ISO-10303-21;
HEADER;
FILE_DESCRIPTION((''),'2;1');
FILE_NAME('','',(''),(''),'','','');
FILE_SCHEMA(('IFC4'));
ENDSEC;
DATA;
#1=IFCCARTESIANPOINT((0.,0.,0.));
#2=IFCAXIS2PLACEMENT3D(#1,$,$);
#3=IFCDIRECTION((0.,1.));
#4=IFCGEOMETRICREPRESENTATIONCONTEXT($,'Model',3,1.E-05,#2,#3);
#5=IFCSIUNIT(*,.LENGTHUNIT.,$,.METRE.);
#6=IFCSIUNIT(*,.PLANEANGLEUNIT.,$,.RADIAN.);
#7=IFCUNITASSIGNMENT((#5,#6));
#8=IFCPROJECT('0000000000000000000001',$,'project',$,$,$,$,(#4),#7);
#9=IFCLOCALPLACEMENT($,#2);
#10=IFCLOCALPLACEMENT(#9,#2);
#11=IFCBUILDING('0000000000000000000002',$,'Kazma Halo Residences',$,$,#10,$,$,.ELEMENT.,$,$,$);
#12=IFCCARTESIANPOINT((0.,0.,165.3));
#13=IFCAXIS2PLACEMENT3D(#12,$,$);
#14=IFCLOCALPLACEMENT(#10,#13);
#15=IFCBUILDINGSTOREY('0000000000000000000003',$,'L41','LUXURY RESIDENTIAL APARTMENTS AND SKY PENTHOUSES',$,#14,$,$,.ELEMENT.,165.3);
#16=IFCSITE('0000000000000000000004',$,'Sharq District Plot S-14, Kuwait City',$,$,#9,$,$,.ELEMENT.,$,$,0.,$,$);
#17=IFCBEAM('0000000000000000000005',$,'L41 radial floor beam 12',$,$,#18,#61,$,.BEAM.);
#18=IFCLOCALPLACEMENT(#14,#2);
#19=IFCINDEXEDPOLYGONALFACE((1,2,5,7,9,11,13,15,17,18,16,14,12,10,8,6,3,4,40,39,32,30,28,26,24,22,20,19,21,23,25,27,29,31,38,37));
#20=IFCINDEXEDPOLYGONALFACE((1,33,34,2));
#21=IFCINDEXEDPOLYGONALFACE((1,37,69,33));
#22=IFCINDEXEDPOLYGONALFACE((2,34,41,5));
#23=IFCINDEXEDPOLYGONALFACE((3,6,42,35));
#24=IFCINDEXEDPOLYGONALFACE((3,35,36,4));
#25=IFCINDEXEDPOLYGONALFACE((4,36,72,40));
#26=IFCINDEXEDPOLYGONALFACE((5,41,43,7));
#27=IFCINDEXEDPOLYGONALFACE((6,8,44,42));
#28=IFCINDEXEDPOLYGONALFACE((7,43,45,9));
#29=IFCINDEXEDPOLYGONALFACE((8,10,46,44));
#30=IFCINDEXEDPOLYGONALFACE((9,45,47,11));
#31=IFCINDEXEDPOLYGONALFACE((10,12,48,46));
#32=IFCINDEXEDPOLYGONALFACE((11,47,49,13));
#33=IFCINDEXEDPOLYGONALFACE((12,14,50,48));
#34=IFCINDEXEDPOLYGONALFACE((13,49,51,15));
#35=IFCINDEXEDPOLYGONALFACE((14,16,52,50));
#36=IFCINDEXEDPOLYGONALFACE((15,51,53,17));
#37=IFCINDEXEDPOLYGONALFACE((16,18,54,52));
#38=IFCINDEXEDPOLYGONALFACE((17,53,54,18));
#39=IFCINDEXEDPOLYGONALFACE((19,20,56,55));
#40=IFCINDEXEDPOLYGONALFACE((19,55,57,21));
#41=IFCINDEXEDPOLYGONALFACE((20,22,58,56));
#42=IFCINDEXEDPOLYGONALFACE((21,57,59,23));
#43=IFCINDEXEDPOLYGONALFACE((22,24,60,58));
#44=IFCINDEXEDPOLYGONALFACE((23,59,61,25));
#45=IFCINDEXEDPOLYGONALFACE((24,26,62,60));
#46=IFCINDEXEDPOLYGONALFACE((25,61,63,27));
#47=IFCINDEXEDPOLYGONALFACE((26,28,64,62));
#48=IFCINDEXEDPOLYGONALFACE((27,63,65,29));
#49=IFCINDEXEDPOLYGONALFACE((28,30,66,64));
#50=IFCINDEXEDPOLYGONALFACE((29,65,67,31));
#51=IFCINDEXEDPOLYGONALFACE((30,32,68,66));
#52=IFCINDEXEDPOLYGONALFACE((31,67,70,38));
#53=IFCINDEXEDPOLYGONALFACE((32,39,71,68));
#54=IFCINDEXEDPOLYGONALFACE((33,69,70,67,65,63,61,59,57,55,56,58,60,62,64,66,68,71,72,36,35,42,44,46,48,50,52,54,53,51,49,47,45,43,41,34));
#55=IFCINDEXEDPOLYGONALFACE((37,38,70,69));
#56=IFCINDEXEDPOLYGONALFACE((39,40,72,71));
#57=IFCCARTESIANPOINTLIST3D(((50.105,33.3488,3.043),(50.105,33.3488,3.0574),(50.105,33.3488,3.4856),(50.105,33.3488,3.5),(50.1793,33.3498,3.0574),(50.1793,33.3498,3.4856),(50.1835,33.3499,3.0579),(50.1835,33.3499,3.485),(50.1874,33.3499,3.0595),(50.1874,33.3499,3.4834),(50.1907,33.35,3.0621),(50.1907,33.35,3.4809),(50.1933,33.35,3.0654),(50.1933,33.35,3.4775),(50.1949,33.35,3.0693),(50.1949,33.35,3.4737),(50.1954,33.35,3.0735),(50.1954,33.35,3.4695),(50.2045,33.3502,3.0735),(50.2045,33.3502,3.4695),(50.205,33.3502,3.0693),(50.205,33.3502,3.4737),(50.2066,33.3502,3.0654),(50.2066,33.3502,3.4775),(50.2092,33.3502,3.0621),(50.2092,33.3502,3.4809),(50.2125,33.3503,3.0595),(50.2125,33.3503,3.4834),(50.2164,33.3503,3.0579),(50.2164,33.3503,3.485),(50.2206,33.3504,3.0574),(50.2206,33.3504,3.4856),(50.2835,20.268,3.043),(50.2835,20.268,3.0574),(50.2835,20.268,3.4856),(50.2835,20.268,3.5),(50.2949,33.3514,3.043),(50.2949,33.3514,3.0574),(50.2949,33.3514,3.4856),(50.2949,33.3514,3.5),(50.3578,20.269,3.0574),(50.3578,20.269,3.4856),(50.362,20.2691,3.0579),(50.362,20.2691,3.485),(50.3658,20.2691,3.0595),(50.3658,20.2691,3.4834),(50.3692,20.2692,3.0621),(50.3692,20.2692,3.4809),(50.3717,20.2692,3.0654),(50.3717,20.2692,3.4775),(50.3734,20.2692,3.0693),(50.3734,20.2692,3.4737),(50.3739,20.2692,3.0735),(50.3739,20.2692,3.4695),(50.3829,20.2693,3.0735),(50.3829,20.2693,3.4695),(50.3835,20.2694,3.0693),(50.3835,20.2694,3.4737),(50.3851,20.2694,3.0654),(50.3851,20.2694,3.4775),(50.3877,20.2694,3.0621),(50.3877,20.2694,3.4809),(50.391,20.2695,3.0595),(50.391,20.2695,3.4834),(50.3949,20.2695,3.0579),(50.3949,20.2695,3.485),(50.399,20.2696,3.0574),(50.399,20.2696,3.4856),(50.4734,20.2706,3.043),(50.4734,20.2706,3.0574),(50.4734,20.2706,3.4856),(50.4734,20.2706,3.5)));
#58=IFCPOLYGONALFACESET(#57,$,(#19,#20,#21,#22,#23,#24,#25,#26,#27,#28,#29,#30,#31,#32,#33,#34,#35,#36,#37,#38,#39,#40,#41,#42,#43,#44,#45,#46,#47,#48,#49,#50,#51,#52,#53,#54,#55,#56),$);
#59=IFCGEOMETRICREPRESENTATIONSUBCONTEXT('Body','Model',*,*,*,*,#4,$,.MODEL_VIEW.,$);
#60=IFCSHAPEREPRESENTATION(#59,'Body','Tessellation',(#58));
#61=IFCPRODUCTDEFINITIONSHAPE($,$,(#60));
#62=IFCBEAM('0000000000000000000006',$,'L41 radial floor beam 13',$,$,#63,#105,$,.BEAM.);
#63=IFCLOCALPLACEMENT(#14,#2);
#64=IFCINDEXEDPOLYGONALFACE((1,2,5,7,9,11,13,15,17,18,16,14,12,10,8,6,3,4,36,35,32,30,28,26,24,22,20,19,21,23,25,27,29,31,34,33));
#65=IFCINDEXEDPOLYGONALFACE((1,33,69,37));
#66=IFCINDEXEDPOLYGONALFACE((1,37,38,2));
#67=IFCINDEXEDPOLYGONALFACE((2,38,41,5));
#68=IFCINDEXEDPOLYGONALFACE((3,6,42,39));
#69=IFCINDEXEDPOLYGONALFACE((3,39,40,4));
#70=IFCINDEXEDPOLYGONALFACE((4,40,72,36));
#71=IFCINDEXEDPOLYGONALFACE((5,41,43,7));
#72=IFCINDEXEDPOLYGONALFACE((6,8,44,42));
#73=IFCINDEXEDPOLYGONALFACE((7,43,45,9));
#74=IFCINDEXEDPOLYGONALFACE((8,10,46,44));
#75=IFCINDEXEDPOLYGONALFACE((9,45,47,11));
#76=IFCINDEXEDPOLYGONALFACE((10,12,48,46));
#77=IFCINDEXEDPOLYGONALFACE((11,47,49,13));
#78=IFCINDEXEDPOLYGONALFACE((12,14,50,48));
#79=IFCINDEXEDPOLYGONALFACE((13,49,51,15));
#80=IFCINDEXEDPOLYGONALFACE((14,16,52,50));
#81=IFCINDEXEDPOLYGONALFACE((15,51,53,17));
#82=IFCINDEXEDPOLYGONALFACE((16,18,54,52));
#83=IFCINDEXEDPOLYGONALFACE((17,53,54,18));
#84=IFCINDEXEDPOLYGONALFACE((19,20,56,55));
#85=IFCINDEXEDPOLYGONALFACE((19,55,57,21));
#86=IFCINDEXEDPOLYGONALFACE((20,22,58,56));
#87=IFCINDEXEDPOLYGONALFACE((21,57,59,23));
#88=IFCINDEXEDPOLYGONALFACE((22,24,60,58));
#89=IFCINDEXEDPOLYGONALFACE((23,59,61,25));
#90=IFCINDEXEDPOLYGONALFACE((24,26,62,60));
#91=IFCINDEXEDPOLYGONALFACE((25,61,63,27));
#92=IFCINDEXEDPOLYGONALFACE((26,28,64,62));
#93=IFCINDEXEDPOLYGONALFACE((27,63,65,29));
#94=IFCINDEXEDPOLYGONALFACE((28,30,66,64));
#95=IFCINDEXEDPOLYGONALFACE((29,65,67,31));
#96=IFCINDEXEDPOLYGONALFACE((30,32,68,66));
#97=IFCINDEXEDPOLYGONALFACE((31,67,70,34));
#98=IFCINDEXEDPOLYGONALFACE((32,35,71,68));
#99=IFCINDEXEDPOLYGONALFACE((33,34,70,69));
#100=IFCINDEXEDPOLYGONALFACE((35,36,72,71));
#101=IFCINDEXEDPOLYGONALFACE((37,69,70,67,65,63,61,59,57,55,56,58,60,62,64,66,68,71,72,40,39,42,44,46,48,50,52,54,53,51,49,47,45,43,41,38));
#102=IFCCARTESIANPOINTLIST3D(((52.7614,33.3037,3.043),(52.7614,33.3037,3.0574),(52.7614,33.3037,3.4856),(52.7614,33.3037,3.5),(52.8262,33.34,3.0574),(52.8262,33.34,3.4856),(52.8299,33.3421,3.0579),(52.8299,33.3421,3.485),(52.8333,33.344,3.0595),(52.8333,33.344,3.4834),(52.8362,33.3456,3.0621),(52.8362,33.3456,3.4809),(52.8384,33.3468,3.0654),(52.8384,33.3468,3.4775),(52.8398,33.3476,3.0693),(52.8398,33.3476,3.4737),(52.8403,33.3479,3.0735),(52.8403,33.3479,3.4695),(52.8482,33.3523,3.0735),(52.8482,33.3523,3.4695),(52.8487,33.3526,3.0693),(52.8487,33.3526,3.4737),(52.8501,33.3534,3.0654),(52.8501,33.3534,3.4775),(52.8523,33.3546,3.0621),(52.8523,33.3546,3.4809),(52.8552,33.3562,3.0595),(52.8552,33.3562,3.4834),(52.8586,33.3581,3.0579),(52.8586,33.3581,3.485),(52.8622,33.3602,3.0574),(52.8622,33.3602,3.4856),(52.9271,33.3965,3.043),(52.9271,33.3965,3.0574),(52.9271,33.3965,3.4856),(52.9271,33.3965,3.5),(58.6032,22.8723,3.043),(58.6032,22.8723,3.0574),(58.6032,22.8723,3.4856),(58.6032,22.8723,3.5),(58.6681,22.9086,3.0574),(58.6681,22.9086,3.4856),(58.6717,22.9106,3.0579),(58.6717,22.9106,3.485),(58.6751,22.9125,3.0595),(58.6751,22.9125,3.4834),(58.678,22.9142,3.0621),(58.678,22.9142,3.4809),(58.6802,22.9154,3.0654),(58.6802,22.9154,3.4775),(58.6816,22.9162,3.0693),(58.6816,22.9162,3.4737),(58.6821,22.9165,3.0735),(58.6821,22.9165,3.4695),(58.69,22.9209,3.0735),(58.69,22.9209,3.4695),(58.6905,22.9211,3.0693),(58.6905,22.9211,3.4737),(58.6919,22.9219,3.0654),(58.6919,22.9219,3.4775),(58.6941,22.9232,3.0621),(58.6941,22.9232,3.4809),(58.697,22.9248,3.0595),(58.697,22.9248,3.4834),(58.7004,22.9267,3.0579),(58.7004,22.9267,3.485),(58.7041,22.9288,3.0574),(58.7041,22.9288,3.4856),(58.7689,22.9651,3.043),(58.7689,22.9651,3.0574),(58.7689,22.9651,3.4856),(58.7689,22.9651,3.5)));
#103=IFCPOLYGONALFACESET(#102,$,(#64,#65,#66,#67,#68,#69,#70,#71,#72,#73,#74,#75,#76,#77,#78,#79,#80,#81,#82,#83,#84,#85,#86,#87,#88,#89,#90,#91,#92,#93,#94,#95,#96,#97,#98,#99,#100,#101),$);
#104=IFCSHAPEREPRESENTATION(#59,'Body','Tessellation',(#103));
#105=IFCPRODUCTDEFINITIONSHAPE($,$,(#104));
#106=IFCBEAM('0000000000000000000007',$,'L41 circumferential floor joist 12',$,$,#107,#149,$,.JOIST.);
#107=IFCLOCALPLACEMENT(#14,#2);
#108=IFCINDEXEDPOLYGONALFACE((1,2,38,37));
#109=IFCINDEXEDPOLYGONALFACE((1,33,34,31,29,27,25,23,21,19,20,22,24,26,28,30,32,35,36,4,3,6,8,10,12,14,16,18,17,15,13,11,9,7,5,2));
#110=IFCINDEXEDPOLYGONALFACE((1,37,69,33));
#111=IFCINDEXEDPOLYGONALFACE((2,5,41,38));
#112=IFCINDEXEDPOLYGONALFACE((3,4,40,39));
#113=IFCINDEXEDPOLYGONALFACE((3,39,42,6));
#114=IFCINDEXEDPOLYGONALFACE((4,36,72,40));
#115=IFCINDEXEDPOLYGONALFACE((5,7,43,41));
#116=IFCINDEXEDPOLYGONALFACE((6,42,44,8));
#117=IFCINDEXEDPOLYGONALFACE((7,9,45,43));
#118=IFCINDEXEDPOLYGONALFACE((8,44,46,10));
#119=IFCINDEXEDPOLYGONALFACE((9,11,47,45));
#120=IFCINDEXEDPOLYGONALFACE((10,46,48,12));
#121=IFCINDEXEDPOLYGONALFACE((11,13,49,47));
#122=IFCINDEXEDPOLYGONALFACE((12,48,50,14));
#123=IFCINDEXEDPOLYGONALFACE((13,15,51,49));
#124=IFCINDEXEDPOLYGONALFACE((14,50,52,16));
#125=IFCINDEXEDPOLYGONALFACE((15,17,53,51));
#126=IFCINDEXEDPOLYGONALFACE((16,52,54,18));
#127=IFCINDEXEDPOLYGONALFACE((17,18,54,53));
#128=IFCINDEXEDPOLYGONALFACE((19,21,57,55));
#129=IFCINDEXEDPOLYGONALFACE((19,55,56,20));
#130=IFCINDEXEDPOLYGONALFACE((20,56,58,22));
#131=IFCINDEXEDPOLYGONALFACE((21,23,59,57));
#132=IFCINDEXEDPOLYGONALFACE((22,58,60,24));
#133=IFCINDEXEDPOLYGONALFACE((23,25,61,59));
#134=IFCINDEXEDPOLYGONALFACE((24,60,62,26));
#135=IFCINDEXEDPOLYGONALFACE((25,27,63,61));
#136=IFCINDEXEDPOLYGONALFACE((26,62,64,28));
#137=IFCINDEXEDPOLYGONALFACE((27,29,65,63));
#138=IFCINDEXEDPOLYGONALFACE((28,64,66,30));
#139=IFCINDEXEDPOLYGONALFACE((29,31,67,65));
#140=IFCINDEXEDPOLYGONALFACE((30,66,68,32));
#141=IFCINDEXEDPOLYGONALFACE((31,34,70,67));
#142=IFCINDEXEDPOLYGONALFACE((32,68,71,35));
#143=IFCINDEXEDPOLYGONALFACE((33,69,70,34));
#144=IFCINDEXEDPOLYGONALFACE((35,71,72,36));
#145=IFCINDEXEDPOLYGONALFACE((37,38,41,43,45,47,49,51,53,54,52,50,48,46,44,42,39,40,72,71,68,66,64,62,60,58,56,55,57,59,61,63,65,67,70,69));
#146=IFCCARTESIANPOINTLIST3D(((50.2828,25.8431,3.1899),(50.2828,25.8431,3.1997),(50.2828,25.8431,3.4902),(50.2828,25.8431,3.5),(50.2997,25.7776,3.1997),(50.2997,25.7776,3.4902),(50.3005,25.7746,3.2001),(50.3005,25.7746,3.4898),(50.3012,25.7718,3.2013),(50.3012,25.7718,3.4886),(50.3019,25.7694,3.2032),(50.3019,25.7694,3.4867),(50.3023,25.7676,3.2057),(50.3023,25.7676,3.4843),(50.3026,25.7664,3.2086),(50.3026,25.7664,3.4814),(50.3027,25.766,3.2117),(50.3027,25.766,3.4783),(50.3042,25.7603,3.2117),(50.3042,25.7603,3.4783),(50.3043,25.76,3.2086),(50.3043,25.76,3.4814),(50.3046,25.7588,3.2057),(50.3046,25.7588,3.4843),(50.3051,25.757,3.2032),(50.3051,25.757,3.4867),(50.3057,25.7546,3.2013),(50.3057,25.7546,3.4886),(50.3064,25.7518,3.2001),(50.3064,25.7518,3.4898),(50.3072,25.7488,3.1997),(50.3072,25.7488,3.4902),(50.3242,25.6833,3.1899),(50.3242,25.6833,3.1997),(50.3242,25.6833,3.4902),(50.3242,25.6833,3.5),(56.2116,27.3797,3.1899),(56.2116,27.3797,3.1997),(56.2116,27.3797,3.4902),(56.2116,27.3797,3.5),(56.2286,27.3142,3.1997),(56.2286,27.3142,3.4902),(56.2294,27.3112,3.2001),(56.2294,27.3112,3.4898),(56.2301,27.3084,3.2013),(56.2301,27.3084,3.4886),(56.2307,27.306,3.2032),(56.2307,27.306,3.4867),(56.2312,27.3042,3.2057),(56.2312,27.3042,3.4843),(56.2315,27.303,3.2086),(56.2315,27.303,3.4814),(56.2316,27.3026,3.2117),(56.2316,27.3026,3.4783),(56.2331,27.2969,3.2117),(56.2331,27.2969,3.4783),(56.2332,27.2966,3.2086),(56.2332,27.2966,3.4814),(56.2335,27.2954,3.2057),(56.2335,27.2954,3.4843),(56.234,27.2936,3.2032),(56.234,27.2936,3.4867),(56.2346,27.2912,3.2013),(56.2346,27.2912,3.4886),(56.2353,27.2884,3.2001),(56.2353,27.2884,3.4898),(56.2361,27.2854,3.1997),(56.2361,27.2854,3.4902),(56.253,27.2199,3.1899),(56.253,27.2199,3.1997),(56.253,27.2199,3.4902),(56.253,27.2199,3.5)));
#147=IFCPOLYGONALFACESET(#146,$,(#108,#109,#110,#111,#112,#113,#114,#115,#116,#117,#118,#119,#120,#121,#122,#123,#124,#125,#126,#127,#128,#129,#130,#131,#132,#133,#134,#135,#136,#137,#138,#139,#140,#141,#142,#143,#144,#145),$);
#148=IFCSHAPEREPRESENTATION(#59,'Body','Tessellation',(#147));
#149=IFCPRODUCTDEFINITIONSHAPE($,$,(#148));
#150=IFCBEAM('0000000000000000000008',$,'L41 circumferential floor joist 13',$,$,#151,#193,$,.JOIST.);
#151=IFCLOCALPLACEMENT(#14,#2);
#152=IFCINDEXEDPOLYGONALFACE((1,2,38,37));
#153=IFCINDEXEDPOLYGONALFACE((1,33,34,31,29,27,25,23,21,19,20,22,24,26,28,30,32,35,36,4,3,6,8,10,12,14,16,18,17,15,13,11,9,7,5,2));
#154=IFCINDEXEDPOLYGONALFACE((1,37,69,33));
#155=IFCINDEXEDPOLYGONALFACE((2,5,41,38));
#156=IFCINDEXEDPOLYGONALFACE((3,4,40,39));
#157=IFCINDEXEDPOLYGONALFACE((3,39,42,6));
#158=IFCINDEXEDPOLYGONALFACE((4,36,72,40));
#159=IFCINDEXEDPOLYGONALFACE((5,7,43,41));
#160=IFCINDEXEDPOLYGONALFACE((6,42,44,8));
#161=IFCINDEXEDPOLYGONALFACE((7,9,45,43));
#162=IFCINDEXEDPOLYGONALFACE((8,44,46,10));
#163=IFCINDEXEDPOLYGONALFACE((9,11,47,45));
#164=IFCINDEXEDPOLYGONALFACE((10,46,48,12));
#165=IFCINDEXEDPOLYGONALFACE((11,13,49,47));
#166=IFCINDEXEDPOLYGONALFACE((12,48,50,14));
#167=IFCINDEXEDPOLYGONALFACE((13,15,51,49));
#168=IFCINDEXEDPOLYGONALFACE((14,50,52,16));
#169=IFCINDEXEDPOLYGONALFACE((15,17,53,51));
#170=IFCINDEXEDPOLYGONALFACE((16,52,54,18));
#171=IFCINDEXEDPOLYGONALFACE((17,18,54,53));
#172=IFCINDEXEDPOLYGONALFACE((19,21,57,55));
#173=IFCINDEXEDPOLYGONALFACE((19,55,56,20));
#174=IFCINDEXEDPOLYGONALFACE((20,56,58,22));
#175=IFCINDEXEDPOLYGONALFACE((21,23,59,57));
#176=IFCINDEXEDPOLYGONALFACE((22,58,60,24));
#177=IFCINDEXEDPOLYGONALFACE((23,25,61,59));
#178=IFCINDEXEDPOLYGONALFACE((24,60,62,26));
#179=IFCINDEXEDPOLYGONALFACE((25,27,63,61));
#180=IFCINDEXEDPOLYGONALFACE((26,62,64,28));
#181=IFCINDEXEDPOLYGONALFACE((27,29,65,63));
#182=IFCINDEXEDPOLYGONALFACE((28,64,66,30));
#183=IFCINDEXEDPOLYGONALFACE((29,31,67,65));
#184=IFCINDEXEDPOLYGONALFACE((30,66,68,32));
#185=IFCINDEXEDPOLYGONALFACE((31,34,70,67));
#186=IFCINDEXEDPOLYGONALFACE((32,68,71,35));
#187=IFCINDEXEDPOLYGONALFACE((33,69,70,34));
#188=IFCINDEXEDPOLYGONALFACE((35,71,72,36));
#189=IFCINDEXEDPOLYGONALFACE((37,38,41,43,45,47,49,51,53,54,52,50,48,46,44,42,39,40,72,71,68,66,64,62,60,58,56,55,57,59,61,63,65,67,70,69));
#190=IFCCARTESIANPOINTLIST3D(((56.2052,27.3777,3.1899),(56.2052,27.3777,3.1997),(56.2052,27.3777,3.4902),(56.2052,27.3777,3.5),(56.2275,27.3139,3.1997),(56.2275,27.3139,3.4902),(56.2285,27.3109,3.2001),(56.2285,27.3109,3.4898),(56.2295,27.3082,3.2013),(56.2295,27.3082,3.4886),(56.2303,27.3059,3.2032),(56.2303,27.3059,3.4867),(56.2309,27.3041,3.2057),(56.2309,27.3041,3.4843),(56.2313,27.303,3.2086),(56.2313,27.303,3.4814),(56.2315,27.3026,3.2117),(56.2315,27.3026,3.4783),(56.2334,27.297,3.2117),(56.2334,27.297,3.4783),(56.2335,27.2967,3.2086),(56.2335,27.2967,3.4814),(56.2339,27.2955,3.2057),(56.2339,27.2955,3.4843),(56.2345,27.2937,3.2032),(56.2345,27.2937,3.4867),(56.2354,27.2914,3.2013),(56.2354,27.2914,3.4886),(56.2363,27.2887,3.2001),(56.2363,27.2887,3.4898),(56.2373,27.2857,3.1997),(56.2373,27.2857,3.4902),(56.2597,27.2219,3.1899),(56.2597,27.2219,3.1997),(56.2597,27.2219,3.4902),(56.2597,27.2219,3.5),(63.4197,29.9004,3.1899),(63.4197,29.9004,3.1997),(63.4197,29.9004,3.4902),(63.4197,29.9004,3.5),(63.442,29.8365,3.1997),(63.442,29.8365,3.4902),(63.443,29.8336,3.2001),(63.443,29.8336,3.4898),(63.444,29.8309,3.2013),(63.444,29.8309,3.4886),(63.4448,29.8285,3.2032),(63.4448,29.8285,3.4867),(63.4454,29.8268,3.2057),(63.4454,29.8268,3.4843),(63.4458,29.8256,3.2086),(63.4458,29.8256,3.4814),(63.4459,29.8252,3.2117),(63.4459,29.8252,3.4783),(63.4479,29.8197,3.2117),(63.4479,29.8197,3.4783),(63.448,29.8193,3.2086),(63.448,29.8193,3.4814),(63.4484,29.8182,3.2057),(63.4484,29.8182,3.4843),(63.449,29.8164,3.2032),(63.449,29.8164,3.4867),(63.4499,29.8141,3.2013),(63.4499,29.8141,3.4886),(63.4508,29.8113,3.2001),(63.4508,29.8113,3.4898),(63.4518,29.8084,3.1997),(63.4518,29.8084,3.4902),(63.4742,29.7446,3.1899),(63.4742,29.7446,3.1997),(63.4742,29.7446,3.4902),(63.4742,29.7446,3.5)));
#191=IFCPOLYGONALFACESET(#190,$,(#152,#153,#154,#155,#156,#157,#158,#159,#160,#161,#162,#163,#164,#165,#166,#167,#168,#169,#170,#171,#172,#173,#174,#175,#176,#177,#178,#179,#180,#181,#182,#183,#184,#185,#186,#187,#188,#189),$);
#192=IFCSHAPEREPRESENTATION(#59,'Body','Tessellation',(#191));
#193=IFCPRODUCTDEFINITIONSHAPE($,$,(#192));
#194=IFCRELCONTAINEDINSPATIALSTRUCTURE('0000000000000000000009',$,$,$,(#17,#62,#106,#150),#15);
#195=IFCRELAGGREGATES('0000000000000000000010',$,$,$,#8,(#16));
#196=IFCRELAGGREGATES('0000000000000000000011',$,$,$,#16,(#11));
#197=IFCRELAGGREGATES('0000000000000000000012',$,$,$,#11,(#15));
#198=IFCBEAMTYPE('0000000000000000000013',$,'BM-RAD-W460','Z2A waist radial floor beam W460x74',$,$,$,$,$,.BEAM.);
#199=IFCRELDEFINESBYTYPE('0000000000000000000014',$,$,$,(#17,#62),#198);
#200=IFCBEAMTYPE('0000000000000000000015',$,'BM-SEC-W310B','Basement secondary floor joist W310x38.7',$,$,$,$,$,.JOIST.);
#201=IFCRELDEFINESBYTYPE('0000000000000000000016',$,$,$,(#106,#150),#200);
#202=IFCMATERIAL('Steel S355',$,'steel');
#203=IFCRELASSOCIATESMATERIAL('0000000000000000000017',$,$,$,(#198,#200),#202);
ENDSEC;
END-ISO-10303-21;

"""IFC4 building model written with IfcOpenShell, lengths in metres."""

from ifc_helpers import new_model, si_unit, direction, frame, origin, origin_2d, place, context, subcontext, project, spatial, i_section, extrude, material, material_profile, profile_set, type_object, element, save


model = new_model("IFC4")

# Units and contexts
model_context = context("Model", 3, precision=1e-05, world=origin(), true_north=direction((0.0, 1.0)))
body_context = subcontext(model_context, "Body", "Model", "MODEL_VIEW")
ifc_project = project(units=[si_unit("LENGTHUNIT", "METRE"), si_unit("PLANEANGLEUNIT", "RADIAN")], contexts=[model_context])

# Site, building, storey
site_placement = place(None, origin())
site = spatial("IfcSite", under=ifc_project, at=site_placement, Name="Sharq District Plot S-14, Kuwait City", CompositionType="ELEMENT", RefElevation=0.0)
building_placement = place(site_placement, origin())
building = spatial("IfcBuilding", under=site, at=building_placement, Name="Kazma Halo Residences", CompositionType="ELEMENT")
storey_placement = place(building_placement, frame((0.0, 0.0, 165.3)))
storey = spatial("IfcBuildingStorey", under=building, at=storey_placement, Name="L41", Description="LUXURY RESIDENTIAL APARTMENTS AND SKY PENTHOUSES", CompositionType="ELEMENT", Elevation=165.3)

# Beams
ifc_material_1 = material(Name="Steel S355", Category="steel")
ifc_material_profile_1 = material_profile(ifc_material_1, i_section(OverallWidth=0.1899, OverallDepth=0.457, WebThickness=0.009, FlangeThickness=0.0144, FilletRadius=0.0161, at=origin_2d()), Name="W460x74")
ifc_profile_set_1 = profile_set([ifc_material_profile_1], Name="Steel S355")
beam_type_1 = type_object("IfcBeamType", Name="BM-RAD-W460", Description="Z2A waist radial floor beam W460x74", PredefinedType="BEAM", material=ifc_profile_set_1)
beam_1_placement = place(storey_placement, frame((50.2, 33.3501, 3.2715), z_axis=(0.013642, -0.999907, 0.0), x_axis=(0.999907, 0.013642, 0.0)))
element("IfcBeam", 1, at=beam_1_placement, inside=storey, type_object=beam_type_1, Name="L41 radial floor beam 12", PredefinedType="BEAM", context=body_context, shape_type="SweptSolid", body=[
    extrude(i_section(OverallWidth=0.1899, OverallDepth=0.457, WebThickness=0.009, FlangeThickness=0.0144, FilletRadius=0.0161, at=origin_2d()), origin(), (0.0, 0.0, 1.0), 13.082),
])
beam_2_placement = place(storey_placement, frame((52.8442, 33.3501, 3.2715), z_axis=(0.488617, -0.872498, 0.0), x_axis=(0.872498, 0.488617, 0.0)))
element("IfcBeam", 2, at=beam_2_placement, inside=storey, type_object=beam_type_1, Name="L41 radial floor beam 13", PredefinedType="BEAM", context=body_context, shape_type="SweptSolid", body=[
    extrude(i_section(OverallWidth=0.1899, OverallDepth=0.457, WebThickness=0.009, FlangeThickness=0.0144, FilletRadius=0.0161, at=origin_2d()), origin(), (0.0, 0.0, 1.0), 11.9558),
])
ifc_material_profile_2 = material_profile(ifc_material_1, i_section(OverallWidth=0.165, OverallDepth=0.3101, WebThickness=0.0059, FlangeThickness=0.0098, FilletRadius=0.012, at=origin_2d()), Name="W310x38.7")
ifc_profile_set_2 = profile_set([ifc_material_profile_2], Name="Steel S355")
beam_type_2 = type_object("IfcBeamType", Name="BM-SEC-W310B", Description="Basement secondary floor joist W310x38.7", PredefinedType="JOIST", material=ifc_profile_set_2)
beam_3_placement = place(storey_placement, frame((50.3035, 25.7632, 3.345), z_axis=(0.968017, 0.250883, 0.0), x_axis=(-0.250883, 0.968017, 0.0)))
element("IfcBeam", 3, at=beam_3_placement, inside=storey, type_object=beam_type_2, Name="L41 circumferential floor joist 12", PredefinedType="JOIST", context=body_context, shape_type="SweptSolid", body=[
    extrude(i_section(OverallWidth=0.165, OverallDepth=0.3101, WebThickness=0.0059, FlangeThickness=0.0098, FilletRadius=0.012, at=origin_2d()), origin(), (0.0, 0.0, 1.0), 6.1248),
])
beam_4_placement = place(storey_placement, frame((56.2324, 27.2998, 3.345), z_axis=(0.943956, 0.33007, 0.0), x_axis=(-0.33007, 0.943956, 0.0)))
element("IfcBeam", 4, at=beam_4_placement, inside=storey, type_object=beam_type_2, Name="L41 circumferential floor joist 13", PredefinedType="JOIST", context=body_context, shape_type="SweptSolid", body=[
    extrude(i_section(OverallWidth=0.165, OverallDepth=0.3101, WebThickness=0.0059, FlangeThickness=0.0098, FilletRadius=0.012, at=origin_2d()), origin(), (0.0, 0.0, 1.0), 7.6428),
])

save(model, "model.ifc")
